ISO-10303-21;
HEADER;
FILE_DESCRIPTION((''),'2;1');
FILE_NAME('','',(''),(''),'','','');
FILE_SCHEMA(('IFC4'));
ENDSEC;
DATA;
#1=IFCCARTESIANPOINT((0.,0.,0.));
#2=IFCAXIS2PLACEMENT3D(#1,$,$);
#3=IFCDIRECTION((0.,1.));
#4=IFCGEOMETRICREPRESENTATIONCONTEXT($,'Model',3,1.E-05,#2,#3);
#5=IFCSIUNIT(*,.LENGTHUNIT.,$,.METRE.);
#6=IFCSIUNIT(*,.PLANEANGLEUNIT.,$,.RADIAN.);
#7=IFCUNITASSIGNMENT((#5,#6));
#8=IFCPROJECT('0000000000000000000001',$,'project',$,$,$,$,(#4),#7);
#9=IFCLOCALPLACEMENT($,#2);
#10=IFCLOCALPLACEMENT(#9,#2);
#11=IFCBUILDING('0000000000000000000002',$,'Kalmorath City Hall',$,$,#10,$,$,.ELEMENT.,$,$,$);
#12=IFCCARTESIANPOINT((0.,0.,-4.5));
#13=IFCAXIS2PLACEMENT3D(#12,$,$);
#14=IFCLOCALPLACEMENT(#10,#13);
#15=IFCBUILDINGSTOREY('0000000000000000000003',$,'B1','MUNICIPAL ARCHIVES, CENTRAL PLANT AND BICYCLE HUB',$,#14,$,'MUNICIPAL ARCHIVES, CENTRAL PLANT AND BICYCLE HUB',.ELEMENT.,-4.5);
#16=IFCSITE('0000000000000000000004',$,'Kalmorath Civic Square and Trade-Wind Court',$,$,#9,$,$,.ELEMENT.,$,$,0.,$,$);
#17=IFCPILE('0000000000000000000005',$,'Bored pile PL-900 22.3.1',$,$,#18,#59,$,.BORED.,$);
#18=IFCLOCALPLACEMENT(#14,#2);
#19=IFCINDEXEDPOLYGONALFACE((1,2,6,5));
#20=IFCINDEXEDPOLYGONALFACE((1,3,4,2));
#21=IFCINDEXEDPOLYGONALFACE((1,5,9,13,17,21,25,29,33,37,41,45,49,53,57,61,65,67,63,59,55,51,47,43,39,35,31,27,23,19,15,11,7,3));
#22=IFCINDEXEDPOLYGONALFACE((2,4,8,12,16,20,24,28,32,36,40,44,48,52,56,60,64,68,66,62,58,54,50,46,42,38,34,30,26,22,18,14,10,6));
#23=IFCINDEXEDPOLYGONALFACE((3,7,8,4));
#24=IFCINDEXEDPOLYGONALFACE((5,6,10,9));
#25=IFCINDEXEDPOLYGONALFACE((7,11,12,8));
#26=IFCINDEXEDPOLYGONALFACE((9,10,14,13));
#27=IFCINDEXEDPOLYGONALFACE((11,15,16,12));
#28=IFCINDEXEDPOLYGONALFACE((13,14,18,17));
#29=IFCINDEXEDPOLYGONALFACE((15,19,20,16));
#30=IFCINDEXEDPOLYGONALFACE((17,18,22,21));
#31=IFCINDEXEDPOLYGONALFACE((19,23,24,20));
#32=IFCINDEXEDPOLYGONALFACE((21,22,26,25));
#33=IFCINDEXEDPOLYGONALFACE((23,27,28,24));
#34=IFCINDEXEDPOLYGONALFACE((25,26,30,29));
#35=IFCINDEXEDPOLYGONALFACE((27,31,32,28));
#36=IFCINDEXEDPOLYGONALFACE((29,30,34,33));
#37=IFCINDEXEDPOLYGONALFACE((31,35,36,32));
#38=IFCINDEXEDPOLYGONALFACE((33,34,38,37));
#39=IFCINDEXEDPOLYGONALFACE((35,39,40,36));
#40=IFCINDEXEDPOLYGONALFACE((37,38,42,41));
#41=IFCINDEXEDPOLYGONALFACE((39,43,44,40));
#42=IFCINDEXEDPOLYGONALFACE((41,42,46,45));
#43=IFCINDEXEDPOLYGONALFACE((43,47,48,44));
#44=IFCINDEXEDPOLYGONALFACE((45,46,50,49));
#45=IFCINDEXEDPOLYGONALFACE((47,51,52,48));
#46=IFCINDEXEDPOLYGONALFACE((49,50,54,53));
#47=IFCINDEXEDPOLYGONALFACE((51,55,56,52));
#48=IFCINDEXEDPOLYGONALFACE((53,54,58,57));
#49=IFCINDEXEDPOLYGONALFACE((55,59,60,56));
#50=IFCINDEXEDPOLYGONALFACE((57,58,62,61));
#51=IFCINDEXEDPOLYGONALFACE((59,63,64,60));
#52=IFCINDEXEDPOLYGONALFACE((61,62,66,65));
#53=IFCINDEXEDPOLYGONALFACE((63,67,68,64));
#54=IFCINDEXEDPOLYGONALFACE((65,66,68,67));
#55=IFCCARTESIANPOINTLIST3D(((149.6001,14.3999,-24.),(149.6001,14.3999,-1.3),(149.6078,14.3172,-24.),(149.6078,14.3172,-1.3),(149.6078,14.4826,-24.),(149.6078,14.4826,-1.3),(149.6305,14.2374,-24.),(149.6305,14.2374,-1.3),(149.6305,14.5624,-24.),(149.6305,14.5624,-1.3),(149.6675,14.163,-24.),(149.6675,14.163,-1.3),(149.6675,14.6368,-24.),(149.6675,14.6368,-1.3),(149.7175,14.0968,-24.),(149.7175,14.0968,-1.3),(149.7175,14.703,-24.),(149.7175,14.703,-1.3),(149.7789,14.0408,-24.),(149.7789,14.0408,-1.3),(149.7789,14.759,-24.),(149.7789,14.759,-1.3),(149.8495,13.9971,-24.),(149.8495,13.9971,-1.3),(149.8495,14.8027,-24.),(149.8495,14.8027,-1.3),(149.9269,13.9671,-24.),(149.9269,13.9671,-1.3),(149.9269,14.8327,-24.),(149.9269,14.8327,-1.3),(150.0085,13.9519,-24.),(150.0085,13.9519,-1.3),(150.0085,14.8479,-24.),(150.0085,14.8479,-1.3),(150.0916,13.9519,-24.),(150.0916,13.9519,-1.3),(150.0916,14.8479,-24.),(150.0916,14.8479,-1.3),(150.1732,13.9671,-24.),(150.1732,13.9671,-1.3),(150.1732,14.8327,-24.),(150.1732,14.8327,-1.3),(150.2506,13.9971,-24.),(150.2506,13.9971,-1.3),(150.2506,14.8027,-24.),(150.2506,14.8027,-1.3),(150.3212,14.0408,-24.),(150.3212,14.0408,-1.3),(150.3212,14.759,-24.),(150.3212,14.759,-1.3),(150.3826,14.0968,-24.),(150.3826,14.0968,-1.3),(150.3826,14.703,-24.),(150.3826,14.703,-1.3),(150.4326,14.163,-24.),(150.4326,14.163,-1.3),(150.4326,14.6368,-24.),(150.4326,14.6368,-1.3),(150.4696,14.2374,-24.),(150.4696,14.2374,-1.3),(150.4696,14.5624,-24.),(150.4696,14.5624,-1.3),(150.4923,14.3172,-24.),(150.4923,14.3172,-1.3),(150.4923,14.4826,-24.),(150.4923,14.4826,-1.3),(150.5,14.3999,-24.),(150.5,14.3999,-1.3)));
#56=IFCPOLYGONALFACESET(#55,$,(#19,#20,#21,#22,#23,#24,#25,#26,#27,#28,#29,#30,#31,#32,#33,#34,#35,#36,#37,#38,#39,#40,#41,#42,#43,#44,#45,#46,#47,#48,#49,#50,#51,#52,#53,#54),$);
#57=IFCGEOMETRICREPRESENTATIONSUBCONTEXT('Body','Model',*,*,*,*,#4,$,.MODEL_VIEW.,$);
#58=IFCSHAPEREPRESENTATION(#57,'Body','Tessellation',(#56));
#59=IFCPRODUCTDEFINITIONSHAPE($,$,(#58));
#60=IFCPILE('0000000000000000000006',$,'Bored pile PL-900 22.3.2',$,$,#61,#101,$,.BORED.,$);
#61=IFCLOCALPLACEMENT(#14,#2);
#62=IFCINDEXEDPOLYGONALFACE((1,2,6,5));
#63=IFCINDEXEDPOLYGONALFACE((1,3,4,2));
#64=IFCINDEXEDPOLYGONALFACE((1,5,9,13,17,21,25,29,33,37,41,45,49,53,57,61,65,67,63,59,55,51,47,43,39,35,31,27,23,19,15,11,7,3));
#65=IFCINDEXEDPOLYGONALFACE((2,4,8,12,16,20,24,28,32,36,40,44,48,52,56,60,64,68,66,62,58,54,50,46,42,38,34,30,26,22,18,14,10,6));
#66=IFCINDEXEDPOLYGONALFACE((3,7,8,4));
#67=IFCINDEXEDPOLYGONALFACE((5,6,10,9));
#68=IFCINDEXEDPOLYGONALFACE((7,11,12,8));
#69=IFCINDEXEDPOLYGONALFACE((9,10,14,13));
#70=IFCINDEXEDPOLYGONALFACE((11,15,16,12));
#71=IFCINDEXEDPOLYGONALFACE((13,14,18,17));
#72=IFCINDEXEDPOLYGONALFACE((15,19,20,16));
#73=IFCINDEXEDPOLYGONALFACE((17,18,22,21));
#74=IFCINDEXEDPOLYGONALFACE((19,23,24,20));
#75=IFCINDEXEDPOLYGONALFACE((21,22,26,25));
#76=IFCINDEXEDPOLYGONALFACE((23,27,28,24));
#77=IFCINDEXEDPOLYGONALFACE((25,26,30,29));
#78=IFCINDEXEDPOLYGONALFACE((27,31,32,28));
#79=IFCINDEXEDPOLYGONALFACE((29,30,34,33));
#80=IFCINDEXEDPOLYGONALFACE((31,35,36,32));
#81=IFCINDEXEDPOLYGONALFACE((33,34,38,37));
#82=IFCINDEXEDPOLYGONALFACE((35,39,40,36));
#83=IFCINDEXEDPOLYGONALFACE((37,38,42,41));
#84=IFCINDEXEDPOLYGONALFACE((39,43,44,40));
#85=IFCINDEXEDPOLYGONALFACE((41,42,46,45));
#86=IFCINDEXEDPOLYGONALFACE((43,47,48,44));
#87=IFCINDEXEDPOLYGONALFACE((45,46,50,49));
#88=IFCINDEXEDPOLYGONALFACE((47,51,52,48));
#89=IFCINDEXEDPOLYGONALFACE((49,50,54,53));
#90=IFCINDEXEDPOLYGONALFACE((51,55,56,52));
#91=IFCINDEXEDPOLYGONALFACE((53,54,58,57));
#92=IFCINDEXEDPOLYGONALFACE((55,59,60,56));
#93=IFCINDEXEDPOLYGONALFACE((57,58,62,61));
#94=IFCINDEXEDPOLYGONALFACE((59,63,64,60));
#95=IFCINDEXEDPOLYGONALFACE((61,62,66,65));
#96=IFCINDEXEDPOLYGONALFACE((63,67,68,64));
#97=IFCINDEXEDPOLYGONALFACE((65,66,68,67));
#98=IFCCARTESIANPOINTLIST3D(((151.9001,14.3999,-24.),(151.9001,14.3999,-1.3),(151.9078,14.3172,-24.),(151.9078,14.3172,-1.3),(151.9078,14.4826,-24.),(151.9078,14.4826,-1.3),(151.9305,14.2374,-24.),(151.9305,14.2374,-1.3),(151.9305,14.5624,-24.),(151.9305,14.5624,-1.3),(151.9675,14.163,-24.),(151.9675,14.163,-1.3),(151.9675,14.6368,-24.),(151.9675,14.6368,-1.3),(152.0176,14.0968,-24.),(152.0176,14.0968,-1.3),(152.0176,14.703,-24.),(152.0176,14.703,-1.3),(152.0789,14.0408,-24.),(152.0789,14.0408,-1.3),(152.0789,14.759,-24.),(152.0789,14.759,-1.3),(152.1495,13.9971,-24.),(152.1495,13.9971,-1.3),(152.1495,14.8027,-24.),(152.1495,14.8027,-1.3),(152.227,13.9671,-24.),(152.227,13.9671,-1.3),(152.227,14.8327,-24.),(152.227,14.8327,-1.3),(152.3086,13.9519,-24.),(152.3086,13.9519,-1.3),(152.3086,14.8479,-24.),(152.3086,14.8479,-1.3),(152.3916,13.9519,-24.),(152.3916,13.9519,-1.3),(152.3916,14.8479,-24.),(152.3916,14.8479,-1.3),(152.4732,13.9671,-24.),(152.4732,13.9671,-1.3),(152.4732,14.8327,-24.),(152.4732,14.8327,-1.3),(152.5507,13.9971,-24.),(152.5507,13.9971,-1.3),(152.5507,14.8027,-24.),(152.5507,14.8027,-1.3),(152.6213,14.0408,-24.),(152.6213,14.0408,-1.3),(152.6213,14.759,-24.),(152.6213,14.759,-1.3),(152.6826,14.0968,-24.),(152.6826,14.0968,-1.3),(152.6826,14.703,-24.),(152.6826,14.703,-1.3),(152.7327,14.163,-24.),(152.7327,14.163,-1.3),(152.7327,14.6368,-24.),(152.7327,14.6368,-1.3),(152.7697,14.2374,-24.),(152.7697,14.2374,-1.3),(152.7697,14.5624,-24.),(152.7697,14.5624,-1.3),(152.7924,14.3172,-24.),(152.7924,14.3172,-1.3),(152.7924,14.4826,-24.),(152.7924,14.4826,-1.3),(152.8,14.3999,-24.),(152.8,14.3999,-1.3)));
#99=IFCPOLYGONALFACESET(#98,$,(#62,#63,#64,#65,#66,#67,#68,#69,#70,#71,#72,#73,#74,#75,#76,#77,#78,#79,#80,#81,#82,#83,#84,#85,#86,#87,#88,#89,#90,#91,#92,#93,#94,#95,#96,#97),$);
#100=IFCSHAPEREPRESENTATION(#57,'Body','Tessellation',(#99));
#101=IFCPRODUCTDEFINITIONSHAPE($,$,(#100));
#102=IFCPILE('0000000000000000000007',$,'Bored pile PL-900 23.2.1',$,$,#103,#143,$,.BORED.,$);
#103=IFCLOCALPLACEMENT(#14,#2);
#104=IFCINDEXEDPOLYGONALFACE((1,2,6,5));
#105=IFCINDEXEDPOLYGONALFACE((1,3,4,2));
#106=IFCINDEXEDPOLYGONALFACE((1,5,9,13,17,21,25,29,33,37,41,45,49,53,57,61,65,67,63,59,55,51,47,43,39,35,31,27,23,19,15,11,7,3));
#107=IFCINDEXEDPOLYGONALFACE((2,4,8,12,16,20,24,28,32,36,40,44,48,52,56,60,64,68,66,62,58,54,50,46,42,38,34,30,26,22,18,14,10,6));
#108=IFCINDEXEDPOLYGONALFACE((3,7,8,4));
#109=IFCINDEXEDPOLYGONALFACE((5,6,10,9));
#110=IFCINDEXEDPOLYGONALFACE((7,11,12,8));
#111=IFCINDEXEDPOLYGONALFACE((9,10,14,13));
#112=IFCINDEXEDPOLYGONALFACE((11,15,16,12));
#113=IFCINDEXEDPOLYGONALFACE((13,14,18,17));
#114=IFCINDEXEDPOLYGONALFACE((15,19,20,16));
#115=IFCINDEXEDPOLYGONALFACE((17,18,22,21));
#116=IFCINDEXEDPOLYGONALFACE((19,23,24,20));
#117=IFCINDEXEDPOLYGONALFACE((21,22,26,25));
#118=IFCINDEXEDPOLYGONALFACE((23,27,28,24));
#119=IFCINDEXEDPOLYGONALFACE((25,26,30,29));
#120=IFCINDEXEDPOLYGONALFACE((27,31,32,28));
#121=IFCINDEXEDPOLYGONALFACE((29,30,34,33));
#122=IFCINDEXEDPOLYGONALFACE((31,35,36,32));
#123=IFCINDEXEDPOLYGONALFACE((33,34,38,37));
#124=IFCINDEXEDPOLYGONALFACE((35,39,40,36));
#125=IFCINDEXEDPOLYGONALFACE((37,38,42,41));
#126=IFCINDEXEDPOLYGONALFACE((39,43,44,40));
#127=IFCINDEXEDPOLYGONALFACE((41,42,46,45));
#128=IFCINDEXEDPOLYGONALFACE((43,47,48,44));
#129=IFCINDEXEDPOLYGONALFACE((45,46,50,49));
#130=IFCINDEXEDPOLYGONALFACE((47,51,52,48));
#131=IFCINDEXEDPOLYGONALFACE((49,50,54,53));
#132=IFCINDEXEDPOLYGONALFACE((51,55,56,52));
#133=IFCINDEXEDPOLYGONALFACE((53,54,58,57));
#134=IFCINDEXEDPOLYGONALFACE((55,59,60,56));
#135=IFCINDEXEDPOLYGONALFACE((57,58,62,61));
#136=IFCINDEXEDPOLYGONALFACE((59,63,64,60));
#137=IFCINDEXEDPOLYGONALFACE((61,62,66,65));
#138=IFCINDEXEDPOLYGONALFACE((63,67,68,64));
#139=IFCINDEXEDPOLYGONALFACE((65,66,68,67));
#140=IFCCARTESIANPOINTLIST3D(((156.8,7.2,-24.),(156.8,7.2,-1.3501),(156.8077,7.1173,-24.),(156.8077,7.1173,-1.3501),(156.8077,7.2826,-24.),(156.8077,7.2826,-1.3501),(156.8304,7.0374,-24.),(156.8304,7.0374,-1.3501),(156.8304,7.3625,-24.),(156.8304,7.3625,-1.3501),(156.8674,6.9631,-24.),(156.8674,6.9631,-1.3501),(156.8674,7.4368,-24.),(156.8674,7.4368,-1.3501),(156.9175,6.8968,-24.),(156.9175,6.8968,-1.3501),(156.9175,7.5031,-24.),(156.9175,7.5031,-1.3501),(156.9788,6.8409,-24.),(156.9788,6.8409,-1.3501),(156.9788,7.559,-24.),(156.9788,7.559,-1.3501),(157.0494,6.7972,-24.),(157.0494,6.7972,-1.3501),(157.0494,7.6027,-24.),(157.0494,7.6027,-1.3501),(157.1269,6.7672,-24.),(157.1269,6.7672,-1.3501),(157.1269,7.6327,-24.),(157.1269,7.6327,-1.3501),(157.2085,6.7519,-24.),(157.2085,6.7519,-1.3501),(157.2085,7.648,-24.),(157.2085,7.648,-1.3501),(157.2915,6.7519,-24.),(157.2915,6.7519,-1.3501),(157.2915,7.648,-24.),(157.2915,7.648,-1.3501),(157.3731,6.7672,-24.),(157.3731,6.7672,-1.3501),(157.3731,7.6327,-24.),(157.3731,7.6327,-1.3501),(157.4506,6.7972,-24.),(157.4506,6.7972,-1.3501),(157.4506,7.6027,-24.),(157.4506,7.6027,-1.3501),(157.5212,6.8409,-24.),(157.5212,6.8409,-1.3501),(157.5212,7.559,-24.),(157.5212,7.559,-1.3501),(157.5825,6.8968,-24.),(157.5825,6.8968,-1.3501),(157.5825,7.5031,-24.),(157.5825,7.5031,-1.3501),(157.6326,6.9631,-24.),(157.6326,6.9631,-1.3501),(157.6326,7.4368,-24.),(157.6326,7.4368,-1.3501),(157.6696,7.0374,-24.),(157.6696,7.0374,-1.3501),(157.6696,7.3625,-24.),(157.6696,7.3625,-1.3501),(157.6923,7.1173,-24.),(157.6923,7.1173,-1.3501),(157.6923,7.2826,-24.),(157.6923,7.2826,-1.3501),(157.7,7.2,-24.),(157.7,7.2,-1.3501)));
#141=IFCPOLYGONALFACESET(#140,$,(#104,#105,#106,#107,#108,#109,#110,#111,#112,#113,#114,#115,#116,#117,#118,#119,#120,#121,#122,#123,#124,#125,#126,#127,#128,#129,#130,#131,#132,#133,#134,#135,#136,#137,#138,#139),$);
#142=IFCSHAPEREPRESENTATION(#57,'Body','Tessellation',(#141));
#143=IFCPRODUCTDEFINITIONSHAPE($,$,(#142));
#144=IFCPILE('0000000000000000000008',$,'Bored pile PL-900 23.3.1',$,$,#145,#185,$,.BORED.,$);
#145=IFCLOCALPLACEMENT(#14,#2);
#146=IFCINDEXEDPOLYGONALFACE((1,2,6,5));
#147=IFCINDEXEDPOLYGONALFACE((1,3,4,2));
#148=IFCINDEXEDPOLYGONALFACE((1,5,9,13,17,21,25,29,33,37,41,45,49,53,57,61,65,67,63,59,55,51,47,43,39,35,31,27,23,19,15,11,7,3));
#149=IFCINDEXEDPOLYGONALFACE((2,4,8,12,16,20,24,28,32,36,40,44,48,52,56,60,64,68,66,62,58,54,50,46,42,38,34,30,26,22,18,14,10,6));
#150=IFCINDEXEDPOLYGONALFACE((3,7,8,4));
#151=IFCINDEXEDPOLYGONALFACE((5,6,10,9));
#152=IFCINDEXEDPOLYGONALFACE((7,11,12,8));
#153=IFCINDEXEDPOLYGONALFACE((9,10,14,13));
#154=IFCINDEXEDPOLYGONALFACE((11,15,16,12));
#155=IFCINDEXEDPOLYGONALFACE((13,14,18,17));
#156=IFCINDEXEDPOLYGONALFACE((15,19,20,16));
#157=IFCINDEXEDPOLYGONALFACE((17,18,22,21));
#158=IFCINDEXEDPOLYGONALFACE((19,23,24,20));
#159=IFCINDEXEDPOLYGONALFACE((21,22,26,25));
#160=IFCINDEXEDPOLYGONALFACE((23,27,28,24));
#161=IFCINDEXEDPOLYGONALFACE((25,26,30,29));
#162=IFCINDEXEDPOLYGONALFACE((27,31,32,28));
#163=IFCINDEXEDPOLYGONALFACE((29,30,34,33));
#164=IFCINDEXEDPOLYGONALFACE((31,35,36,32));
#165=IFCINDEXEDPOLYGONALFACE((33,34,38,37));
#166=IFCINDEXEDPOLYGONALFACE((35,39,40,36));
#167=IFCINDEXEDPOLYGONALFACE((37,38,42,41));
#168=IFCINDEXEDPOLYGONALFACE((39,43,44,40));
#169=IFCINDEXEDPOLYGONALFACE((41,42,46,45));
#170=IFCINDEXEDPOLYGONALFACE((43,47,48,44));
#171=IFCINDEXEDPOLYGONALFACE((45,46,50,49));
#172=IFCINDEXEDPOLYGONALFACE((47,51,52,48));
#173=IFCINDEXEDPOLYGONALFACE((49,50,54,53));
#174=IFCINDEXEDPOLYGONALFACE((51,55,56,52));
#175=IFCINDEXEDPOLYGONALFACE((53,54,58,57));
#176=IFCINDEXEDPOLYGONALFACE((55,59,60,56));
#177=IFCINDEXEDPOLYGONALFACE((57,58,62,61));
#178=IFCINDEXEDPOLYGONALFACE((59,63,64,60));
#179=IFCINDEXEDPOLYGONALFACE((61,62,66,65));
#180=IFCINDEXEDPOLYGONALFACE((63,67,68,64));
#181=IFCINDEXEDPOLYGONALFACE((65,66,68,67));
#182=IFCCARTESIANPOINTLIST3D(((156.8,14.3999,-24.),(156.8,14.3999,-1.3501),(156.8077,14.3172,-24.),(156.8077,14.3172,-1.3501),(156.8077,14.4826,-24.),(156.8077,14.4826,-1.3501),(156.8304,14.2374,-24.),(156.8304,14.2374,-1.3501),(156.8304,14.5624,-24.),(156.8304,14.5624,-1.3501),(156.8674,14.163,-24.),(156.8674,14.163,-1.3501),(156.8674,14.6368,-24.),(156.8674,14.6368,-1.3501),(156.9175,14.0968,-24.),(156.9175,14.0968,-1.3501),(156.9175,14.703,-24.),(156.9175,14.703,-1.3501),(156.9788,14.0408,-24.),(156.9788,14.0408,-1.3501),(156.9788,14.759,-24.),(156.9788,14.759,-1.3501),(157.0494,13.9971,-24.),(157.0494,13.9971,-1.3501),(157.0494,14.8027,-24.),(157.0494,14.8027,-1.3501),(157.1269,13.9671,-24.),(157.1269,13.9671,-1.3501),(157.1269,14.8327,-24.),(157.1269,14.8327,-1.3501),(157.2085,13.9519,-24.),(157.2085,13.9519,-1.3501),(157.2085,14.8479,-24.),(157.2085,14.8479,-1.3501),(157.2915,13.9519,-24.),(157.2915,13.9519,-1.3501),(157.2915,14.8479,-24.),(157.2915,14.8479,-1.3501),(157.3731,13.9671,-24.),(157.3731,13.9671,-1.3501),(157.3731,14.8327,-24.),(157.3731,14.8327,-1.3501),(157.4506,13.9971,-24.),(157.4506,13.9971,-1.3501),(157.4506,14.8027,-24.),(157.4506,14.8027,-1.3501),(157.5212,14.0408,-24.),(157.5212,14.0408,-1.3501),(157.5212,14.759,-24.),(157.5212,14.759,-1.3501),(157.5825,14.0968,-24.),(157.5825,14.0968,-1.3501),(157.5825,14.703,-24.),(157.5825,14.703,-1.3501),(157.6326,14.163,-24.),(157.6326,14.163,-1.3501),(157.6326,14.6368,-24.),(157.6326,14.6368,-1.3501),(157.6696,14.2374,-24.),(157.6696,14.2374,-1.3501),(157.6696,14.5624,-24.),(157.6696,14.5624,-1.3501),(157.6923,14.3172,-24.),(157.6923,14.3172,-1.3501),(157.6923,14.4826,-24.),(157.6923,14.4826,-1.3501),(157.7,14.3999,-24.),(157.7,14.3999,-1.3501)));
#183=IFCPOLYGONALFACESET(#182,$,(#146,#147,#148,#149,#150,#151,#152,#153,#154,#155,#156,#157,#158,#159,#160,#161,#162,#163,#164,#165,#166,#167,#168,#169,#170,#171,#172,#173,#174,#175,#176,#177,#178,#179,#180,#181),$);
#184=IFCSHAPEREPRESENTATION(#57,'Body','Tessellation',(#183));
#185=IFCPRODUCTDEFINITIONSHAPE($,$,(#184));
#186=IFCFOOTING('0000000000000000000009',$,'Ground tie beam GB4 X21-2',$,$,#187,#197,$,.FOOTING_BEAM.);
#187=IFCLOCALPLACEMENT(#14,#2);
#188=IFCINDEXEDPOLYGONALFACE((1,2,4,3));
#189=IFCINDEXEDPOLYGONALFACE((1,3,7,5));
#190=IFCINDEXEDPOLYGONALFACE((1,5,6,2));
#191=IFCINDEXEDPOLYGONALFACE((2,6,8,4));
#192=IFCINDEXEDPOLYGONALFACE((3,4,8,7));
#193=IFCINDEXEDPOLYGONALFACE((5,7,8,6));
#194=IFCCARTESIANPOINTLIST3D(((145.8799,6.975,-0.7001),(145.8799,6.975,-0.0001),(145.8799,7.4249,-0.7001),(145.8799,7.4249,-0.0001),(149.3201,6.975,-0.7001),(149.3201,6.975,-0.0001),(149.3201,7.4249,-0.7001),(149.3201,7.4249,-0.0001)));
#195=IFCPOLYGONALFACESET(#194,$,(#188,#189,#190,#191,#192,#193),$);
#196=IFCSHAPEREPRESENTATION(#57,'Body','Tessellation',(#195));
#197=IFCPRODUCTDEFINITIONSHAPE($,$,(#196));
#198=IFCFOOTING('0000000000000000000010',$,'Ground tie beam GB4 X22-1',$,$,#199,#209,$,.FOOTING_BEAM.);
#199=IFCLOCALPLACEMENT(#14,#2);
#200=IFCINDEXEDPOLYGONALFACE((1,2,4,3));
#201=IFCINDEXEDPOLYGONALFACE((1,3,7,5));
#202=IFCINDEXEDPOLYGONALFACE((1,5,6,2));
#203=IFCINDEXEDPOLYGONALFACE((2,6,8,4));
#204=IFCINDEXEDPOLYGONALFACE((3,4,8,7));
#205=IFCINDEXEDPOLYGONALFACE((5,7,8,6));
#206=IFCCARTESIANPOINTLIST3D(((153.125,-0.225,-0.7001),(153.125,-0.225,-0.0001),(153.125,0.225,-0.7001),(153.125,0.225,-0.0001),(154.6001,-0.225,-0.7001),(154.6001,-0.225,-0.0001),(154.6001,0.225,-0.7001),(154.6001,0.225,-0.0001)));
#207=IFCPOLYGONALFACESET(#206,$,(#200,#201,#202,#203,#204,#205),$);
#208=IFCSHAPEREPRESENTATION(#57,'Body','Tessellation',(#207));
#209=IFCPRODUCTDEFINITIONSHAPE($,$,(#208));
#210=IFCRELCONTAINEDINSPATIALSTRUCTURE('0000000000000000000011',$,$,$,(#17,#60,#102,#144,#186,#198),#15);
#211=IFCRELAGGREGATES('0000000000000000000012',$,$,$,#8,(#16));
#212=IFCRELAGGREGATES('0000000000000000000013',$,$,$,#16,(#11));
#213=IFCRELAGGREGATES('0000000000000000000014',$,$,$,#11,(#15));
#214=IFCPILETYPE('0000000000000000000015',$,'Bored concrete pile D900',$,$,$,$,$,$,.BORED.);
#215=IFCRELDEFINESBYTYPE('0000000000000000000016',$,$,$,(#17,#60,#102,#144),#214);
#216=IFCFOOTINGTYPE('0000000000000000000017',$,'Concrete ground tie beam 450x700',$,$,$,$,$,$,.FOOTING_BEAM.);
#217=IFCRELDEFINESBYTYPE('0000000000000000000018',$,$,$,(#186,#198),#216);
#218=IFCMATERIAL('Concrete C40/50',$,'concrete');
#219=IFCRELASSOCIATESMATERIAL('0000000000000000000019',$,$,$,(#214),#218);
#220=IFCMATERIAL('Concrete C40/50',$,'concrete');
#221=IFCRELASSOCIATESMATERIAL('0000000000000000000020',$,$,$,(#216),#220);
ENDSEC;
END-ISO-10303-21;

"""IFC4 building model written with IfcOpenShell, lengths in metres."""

from ifc_helpers import new_model, si_unit, direction, frame, origin, origin_2d, place, context, subcontext, project, spatial, rectangle, circle, extrude, material, material_profile, profile_set, type_object, element, save


model = new_model("IFC4")

# Units and contexts
model_context = context("Model", 3, precision=1e-05, world=origin(), true_north=direction((0.0, 1.0)))
body_context = subcontext(model_context, "Body", "Model", "MODEL_VIEW")
ifc_project = project(units=[si_unit("LENGTHUNIT", "METRE"), si_unit("PLANEANGLEUNIT", "RADIAN")], contexts=[model_context])

# Site, building, storey
site_placement = place(None, origin())
site = spatial("IfcSite", under=ifc_project, at=site_placement, Name="Kalmorath Civic Square and Trade-Wind Court", CompositionType="ELEMENT", RefElevation=0.0)
building_placement = place(site_placement, origin())
building = spatial("IfcBuilding", under=site, at=building_placement, Name="Kalmorath City Hall", CompositionType="ELEMENT")
storey_placement = place(building_placement, frame((0.0, 0.0, -4.5)))
storey = spatial("IfcBuildingStorey", under=building, at=storey_placement, Name="B1", Description="MUNICIPAL ARCHIVES, CENTRAL PLANT AND BICYCLE HUB", LongName="MUNICIPAL ARCHIVES, CENTRAL PLANT AND BICYCLE HUB", CompositionType="ELEMENT", Elevation=-4.5)

# Piles
ifc_material_1 = material(Name="Concrete C40/50", Category="concrete")
ifc_material_profile_1 = material_profile(ifc_material_1, circle(Radius=0.45, at=origin_2d()), Name="PILE-D900")
ifc_profile_set_1 = profile_set([ifc_material_profile_1], Name="Concrete C40/50")
pile_type_1 = type_object("IfcPileType", Name="Bored concrete pile D900", PredefinedType="BORED", material=ifc_profile_set_1)
for number, where, z_axis, x_axis, name in (
    (1, (150.05, 14.3999, -1.3), (0.0, 0.0, -1.0), (1.0, 0.0, 0.0), "Bored pile PL-900 22.3.1"),
    (2, (152.3501, 14.3999, -1.3), (0.0, 0.0, -1.0), (1.0, 0.0, 0.0), "Bored pile PL-900 22.3.2"),
):
    element("IfcPile", number, at=place(storey_placement, frame(where, z_axis=z_axis, x_axis=x_axis)), inside=storey, type_object=pile_type_1, Name=name, PredefinedType="BORED", context=body_context, shape_type="SweptSolid", body=[
        extrude(circle(Radius=0.45, at=origin_2d()), origin(), (0.0, 0.0, 1.0), 22.7),
    ])
for number, where, z_axis, x_axis, name in (
    (3, (157.25, 7.2, -1.3501), (0.0, 0.0, -1.0), (1.0, 0.0, 0.0), "Bored pile PL-900 23.2.1"),
    (4, (157.25, 14.3999, -1.3501), (0.0, 0.0, -1.0), (1.0, 0.0, 0.0), "Bored pile PL-900 23.3.1"),
):
    element("IfcPile", number, at=place(storey_placement, frame(where, z_axis=z_axis, x_axis=x_axis)), inside=storey, type_object=pile_type_1, Name=name, PredefinedType="BORED", context=body_context, shape_type="SweptSolid", body=[
        extrude(circle(Radius=0.45, at=origin_2d()), origin(), (0.0, 0.0, 1.0), 22.6499),
    ])

# Footings
ifc_material_2 = material(Name="Concrete C40/50", Category="concrete")
ifc_material_profile_2 = material_profile(ifc_material_2, rectangle(XDim=0.45, YDim=0.7, at=origin_2d()), Name="RC-BM-450X700")
ifc_profile_set_2 = profile_set([ifc_material_profile_2], Name="Concrete C40/50")
footing_type_1 = type_object("IfcFootingType", Name="Concrete ground tie beam 450x700", PredefinedType="FOOTING_BEAM", material=ifc_profile_set_2)
footing_1_placement = place(storey_placement, frame((145.8799, 7.2, -0.3501), z_axis=(1.0, 0.0, 0.0), x_axis=(0.0, 1.0, 0.0)))
element("IfcFooting", 5, at=footing_1_placement, inside=storey, type_object=footing_type_1, Name="Ground tie beam GB4 X21-2", PredefinedType="FOOTING_BEAM", context=body_context, shape_type="SweptSolid", body=[
    extrude(rectangle(XDim=0.45, YDim=0.7, at=origin_2d()), origin(), (0.0, 0.0, 1.0), 3.4402),
])
footing_2_placement = place(storey_placement, frame((153.125, 0.0, -0.3501), z_axis=(1.0, 0.0, 0.0), x_axis=(0.0, 1.0, 0.0)))
element("IfcFooting", 6, at=footing_2_placement, inside=storey, type_object=footing_type_1, Name="Ground tie beam GB4 X22-1", PredefinedType="FOOTING_BEAM", context=body_context, shape_type="SweptSolid", body=[
    extrude(rectangle(XDim=0.45, YDim=0.7, at=origin_2d()), origin(), (0.0, 0.0, 1.0), 1.4751),
])

save(model, "model.ifc")
